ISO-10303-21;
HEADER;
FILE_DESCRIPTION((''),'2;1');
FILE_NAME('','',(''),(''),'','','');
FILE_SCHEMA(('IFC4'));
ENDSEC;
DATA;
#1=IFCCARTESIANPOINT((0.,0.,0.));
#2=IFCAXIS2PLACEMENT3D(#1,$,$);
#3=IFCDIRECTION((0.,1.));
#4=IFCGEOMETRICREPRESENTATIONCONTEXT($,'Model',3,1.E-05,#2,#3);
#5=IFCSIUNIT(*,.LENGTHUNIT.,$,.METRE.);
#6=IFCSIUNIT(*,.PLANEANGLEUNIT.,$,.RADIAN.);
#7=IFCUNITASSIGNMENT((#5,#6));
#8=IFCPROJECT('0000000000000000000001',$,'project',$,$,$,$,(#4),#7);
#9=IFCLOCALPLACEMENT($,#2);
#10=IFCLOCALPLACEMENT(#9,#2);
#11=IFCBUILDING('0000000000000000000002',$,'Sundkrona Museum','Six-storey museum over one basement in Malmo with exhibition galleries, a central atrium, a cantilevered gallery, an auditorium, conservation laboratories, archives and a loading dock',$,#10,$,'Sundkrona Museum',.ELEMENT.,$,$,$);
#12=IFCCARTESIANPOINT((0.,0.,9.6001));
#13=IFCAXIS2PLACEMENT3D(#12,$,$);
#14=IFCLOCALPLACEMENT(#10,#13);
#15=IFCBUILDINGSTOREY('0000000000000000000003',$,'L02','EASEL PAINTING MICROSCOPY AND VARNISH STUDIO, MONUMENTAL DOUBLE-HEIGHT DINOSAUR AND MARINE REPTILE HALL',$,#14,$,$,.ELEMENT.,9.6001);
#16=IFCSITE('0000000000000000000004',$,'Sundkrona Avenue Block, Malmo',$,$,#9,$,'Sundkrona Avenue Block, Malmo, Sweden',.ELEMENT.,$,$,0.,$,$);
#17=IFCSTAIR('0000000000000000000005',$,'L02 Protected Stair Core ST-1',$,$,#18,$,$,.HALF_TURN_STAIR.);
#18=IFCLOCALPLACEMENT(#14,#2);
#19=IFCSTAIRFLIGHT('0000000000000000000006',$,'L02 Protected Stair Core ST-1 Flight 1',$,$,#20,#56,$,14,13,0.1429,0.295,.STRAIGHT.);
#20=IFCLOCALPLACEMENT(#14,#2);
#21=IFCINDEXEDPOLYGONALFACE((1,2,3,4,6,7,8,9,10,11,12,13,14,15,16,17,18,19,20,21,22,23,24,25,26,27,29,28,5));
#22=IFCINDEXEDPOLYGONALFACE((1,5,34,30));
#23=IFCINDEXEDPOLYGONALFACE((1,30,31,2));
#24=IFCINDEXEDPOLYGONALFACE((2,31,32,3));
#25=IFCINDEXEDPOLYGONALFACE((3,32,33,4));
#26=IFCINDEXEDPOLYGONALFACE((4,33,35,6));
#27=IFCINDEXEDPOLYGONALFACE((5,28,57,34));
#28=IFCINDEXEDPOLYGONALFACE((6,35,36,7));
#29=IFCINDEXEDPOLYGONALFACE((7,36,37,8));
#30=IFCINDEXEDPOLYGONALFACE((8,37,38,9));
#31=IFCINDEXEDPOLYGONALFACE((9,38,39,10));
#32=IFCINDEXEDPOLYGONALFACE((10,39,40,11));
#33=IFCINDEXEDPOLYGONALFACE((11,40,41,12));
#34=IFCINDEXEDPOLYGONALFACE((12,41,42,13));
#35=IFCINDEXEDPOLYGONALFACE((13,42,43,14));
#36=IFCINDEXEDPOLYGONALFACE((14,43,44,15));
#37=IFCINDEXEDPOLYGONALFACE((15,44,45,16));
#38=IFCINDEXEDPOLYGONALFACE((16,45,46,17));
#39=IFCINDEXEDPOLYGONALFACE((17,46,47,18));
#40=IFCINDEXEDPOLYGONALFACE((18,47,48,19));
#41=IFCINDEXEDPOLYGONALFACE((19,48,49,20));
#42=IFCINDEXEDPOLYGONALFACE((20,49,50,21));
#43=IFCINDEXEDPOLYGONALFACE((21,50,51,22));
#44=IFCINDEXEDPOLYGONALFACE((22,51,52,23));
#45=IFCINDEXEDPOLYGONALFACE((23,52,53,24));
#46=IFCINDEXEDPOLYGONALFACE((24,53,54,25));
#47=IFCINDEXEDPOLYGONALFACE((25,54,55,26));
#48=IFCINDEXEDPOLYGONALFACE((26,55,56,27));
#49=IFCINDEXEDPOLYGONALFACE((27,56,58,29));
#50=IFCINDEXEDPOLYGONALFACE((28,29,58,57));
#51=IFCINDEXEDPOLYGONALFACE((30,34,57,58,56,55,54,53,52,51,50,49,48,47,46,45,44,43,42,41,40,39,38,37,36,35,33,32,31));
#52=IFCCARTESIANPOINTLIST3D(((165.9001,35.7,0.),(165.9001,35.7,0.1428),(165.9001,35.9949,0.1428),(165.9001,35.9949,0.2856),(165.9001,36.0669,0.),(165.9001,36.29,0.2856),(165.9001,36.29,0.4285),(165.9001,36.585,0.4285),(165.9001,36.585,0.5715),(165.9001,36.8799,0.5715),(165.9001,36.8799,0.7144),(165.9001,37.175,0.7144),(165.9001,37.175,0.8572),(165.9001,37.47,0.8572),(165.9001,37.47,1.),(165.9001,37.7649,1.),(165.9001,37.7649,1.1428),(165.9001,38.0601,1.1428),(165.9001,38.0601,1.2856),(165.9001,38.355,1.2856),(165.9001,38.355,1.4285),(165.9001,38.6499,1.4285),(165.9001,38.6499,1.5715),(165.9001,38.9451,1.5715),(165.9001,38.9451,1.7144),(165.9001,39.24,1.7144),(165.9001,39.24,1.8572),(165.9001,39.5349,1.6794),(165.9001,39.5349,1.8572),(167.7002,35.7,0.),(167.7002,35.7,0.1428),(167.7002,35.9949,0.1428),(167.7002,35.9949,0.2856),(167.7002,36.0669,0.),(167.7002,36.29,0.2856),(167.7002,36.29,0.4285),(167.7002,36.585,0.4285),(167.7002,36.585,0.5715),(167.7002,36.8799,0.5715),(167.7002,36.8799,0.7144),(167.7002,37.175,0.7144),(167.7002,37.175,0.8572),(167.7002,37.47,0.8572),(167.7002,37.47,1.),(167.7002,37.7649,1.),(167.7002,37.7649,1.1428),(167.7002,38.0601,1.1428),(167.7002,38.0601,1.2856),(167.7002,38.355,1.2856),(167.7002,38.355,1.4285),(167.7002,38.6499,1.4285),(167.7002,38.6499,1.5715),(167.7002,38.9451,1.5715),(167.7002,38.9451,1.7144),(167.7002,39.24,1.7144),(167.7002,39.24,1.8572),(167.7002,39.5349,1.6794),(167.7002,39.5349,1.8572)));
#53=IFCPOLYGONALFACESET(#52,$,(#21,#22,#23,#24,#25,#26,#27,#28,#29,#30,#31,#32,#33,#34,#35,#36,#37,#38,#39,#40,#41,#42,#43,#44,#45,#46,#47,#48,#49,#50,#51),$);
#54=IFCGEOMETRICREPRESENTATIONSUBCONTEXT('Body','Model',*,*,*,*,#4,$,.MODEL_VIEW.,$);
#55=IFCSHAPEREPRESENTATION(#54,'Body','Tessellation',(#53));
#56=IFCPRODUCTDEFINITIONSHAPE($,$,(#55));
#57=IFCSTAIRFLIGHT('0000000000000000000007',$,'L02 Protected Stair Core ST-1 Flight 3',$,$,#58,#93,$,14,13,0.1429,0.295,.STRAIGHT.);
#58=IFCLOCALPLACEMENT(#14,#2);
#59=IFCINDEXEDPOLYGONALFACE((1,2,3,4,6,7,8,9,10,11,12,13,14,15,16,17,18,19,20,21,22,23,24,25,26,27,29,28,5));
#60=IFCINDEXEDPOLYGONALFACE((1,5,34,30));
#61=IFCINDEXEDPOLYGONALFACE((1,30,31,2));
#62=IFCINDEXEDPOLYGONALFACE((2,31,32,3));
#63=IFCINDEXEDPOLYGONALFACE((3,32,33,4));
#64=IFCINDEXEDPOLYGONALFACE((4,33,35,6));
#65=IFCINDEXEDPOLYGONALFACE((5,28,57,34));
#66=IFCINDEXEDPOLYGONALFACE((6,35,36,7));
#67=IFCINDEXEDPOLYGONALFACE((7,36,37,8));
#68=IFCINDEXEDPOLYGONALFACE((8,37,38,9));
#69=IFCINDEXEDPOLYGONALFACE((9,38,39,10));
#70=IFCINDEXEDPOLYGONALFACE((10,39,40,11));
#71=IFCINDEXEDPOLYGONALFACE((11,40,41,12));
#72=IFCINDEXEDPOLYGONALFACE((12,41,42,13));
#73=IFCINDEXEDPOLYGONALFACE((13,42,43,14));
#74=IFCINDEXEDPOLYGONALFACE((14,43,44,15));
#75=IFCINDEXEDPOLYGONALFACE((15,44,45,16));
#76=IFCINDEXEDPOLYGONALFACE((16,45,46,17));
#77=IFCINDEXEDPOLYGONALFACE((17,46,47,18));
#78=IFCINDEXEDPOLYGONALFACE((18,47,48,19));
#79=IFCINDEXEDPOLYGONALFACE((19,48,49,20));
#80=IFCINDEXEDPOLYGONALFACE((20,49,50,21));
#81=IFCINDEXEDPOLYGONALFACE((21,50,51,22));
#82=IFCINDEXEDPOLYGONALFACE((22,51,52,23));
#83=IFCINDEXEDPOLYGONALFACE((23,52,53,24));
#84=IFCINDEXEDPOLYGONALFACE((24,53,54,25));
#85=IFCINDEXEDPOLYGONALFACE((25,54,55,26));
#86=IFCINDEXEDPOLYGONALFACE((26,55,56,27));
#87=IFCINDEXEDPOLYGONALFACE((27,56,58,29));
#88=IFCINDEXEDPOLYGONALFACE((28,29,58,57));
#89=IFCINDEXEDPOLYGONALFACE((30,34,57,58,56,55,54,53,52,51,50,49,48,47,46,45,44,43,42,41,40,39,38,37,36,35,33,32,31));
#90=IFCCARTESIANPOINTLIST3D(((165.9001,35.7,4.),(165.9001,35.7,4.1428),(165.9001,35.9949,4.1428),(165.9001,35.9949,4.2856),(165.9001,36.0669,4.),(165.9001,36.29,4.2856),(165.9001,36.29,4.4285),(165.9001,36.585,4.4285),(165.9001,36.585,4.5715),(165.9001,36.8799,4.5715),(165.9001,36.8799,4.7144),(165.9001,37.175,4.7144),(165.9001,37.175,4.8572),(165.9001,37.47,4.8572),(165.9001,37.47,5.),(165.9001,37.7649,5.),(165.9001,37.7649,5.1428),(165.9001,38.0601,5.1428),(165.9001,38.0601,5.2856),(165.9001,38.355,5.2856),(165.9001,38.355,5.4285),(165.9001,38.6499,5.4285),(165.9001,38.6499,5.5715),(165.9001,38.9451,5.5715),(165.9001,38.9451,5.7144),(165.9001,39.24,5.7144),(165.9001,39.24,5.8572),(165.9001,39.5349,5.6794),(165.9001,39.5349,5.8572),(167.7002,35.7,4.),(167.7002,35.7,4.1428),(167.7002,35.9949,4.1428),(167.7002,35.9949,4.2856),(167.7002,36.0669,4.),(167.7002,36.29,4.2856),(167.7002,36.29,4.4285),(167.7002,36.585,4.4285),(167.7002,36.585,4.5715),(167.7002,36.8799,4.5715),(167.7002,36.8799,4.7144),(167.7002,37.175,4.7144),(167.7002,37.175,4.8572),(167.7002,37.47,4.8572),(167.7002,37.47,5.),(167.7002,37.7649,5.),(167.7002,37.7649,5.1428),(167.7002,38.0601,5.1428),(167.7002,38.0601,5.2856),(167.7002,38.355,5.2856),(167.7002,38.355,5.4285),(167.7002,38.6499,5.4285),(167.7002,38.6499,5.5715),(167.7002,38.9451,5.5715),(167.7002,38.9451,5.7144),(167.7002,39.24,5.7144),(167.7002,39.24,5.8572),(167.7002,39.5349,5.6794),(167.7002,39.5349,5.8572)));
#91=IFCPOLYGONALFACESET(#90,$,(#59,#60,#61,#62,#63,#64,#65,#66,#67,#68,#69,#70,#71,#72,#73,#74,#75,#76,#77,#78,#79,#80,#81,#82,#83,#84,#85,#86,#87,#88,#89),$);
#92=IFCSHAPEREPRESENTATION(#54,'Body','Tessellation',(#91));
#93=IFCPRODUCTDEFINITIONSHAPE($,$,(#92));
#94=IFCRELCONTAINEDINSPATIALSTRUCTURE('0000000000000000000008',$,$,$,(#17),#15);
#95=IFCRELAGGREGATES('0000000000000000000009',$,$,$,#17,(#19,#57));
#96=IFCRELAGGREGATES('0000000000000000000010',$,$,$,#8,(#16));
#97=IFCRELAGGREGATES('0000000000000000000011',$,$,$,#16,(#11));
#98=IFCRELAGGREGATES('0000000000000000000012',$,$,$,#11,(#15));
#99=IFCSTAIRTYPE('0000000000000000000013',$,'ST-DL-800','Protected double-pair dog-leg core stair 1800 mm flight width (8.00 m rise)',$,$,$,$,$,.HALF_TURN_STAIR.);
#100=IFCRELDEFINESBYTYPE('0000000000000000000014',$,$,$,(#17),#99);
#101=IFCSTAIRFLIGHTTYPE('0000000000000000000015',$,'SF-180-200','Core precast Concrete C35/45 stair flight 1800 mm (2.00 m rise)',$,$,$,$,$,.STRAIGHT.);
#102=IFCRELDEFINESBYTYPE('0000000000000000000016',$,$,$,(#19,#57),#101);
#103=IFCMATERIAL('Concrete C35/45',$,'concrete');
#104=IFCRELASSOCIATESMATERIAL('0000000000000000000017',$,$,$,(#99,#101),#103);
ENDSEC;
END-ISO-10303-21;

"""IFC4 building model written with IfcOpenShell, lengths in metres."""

from ifc_helpers import new_model, si_unit, direction, frame, origin, place, context, subcontext, project, spatial, polyline, outline, extrude, material, type_object, element, aggregate, save


model = new_model("IFC4")

# Units and contexts
model_context = context("Model", 3, precision=1e-05, world=origin(), true_north=direction((0.0, 1.0)))
body_context = subcontext(model_context, "Body", "Model", "MODEL_VIEW")
ifc_project = project(units=[si_unit("LENGTHUNIT", "METRE"), si_unit("PLANEANGLEUNIT", "RADIAN")], contexts=[model_context])

# Site, building, storey
site_placement = place(None, origin())
site = spatial("IfcSite", under=ifc_project, at=site_placement, Name="Sundkrona Avenue Block, Malmo", LongName="Sundkrona Avenue Block, Malmo, Sweden", CompositionType="ELEMENT", RefElevation=0.0)
building_placement = place(site_placement, origin())
building = spatial("IfcBuilding", under=site, at=building_placement, Name="Sundkrona Museum", Description="Six-storey museum over one basement in Malmo with exhibition galleries, a central atrium, a cantilevered gallery, an auditorium, conservation laboratories, archives and a loading dock", LongName="Sundkrona Museum", CompositionType="ELEMENT")
storey_placement = place(building_placement, frame((0.0, 0.0, 9.6001)))
storey = spatial("IfcBuildingStorey", under=building, at=storey_placement, Name="L02", Description="EASEL PAINTING MICROSCOPY AND VARNISH STUDIO, MONUMENTAL DOUBLE-HEIGHT DINOSAUR AND MARINE REPTILE HALL", CompositionType="ELEMENT", Elevation=9.6001)

# Stair, stair flights
ifc_material_1 = material(Name="Concrete C35/45", Category="concrete")
stair_type = type_object("IfcStairType", Name="ST-DL-800", Description="Protected double-pair dog-leg core stair 1800 mm flight width (8.00 m rise)", PredefinedType="HALF_TURN_STAIR", material=ifc_material_1)
stair_placement = place(storey_placement, origin())
stair = element("IfcStair", 1, at=stair_placement, inside=storey, type_object=stair_type, Name="L02 Protected Stair Core ST-1", PredefinedType="HALF_TURN_STAIR")
stair_flight_type = type_object("IfcStairFlightType", Name="SF-180-200", Description="Core precast Concrete C35/45 stair flight 1800 mm (2.00 m rise)", PredefinedType="STRAIGHT", material=ifc_material_1)
stair_flight_1_placement = place(storey_placement, frame((166.8, 35.7, 0.0), z_axis=(0.0, 0.0, 1.0), x_axis=(0.0, 1.0, 0.0)))
stair_flight_1 = element("IfcStairFlight", 2, at=stair_flight_1_placement, type_object=stair_flight_type, Name="L02 Protected Stair Core ST-1 Flight 1", NumberOfRisers=14, NumberOfTreads=13, PredefinedType="STRAIGHT", RiserHeight=0.1429, TreadLength=0.295, context=body_context, shape_type="SweptSolid", body=[
    extrude(outline(polyline([(0.0, 0.0), (0.0, 0.1428), (0.2949, 0.1428), (0.2949, 0.2856), (0.5901, 0.2856), (0.5901, 0.4285), (0.885, 0.4285), (0.885, 0.5715), (1.1799, 0.5715), (1.1799, 0.7144), (1.4751, 0.7144), (1.4751, 0.8572), (1.77, 0.8572), (1.77, 1.0), (2.0649, 1.0), (2.0649, 1.1428), (2.3601, 1.1428), (2.3601, 1.2856), (2.655, 1.2856), (2.655, 1.4285), (2.95, 1.4285), (2.95, 1.5715), (3.2451, 1.5715), (3.2451, 1.7144), (3.54, 1.7144), (3.54, 1.8572), (3.835, 1.8572), (3.835, 2.0), (3.835, 1.6794), (0.3669, 0.0), (0.0, 0.0)])), frame((0.0, 0.8999, 0.0), z_axis=(0.0, -1.0, 0.0), x_axis=(1.0, 0.0, 0.0)), (0.0, 0.0, 1.0), 1.8),
])
stair_flight_2_placement = place(storey_placement, frame((166.8, 35.7, 4.0), z_axis=(0.0, 0.0, 1.0), x_axis=(0.0, 1.0, 0.0)))
stair_flight_2 = element("IfcStairFlight", 3, at=stair_flight_2_placement, type_object=stair_flight_type, Name="L02 Protected Stair Core ST-1 Flight 3", NumberOfRisers=14, NumberOfTreads=13, PredefinedType="STRAIGHT", RiserHeight=0.1429, TreadLength=0.295, context=body_context, shape_type="SweptSolid", body=[
    extrude(outline(polyline([(0.0, 0.0), (0.0, 0.1428), (0.2949, 0.1428), (0.2949, 0.2856), (0.5901, 0.2856), (0.5901, 0.4285), (0.885, 0.4285), (0.885, 0.5715), (1.1799, 0.5715), (1.1799, 0.7144), (1.4751, 0.7144), (1.4751, 0.8572), (1.77, 0.8572), (1.77, 1.0), (2.0649, 1.0), (2.0649, 1.1428), (2.3601, 1.1428), (2.3601, 1.2856), (2.655, 1.2856), (2.655, 1.4285), (2.95, 1.4285), (2.95, 1.5715), (3.2451, 1.5715), (3.2451, 1.7144), (3.54, 1.7144), (3.54, 1.8572), (3.835, 1.8572), (3.835, 2.0), (3.835, 1.6794), (0.3669, 0.0), (0.0, 0.0)])), frame((0.0, 0.8999, 0.0), z_axis=(0.0, -1.0, 0.0), x_axis=(1.0, 0.0, 0.0)), (0.0, 0.0, 1.0), 1.8),
])
aggregate(stair, [stair_flight_1, stair_flight_2])

save(model, "model.ifc")
